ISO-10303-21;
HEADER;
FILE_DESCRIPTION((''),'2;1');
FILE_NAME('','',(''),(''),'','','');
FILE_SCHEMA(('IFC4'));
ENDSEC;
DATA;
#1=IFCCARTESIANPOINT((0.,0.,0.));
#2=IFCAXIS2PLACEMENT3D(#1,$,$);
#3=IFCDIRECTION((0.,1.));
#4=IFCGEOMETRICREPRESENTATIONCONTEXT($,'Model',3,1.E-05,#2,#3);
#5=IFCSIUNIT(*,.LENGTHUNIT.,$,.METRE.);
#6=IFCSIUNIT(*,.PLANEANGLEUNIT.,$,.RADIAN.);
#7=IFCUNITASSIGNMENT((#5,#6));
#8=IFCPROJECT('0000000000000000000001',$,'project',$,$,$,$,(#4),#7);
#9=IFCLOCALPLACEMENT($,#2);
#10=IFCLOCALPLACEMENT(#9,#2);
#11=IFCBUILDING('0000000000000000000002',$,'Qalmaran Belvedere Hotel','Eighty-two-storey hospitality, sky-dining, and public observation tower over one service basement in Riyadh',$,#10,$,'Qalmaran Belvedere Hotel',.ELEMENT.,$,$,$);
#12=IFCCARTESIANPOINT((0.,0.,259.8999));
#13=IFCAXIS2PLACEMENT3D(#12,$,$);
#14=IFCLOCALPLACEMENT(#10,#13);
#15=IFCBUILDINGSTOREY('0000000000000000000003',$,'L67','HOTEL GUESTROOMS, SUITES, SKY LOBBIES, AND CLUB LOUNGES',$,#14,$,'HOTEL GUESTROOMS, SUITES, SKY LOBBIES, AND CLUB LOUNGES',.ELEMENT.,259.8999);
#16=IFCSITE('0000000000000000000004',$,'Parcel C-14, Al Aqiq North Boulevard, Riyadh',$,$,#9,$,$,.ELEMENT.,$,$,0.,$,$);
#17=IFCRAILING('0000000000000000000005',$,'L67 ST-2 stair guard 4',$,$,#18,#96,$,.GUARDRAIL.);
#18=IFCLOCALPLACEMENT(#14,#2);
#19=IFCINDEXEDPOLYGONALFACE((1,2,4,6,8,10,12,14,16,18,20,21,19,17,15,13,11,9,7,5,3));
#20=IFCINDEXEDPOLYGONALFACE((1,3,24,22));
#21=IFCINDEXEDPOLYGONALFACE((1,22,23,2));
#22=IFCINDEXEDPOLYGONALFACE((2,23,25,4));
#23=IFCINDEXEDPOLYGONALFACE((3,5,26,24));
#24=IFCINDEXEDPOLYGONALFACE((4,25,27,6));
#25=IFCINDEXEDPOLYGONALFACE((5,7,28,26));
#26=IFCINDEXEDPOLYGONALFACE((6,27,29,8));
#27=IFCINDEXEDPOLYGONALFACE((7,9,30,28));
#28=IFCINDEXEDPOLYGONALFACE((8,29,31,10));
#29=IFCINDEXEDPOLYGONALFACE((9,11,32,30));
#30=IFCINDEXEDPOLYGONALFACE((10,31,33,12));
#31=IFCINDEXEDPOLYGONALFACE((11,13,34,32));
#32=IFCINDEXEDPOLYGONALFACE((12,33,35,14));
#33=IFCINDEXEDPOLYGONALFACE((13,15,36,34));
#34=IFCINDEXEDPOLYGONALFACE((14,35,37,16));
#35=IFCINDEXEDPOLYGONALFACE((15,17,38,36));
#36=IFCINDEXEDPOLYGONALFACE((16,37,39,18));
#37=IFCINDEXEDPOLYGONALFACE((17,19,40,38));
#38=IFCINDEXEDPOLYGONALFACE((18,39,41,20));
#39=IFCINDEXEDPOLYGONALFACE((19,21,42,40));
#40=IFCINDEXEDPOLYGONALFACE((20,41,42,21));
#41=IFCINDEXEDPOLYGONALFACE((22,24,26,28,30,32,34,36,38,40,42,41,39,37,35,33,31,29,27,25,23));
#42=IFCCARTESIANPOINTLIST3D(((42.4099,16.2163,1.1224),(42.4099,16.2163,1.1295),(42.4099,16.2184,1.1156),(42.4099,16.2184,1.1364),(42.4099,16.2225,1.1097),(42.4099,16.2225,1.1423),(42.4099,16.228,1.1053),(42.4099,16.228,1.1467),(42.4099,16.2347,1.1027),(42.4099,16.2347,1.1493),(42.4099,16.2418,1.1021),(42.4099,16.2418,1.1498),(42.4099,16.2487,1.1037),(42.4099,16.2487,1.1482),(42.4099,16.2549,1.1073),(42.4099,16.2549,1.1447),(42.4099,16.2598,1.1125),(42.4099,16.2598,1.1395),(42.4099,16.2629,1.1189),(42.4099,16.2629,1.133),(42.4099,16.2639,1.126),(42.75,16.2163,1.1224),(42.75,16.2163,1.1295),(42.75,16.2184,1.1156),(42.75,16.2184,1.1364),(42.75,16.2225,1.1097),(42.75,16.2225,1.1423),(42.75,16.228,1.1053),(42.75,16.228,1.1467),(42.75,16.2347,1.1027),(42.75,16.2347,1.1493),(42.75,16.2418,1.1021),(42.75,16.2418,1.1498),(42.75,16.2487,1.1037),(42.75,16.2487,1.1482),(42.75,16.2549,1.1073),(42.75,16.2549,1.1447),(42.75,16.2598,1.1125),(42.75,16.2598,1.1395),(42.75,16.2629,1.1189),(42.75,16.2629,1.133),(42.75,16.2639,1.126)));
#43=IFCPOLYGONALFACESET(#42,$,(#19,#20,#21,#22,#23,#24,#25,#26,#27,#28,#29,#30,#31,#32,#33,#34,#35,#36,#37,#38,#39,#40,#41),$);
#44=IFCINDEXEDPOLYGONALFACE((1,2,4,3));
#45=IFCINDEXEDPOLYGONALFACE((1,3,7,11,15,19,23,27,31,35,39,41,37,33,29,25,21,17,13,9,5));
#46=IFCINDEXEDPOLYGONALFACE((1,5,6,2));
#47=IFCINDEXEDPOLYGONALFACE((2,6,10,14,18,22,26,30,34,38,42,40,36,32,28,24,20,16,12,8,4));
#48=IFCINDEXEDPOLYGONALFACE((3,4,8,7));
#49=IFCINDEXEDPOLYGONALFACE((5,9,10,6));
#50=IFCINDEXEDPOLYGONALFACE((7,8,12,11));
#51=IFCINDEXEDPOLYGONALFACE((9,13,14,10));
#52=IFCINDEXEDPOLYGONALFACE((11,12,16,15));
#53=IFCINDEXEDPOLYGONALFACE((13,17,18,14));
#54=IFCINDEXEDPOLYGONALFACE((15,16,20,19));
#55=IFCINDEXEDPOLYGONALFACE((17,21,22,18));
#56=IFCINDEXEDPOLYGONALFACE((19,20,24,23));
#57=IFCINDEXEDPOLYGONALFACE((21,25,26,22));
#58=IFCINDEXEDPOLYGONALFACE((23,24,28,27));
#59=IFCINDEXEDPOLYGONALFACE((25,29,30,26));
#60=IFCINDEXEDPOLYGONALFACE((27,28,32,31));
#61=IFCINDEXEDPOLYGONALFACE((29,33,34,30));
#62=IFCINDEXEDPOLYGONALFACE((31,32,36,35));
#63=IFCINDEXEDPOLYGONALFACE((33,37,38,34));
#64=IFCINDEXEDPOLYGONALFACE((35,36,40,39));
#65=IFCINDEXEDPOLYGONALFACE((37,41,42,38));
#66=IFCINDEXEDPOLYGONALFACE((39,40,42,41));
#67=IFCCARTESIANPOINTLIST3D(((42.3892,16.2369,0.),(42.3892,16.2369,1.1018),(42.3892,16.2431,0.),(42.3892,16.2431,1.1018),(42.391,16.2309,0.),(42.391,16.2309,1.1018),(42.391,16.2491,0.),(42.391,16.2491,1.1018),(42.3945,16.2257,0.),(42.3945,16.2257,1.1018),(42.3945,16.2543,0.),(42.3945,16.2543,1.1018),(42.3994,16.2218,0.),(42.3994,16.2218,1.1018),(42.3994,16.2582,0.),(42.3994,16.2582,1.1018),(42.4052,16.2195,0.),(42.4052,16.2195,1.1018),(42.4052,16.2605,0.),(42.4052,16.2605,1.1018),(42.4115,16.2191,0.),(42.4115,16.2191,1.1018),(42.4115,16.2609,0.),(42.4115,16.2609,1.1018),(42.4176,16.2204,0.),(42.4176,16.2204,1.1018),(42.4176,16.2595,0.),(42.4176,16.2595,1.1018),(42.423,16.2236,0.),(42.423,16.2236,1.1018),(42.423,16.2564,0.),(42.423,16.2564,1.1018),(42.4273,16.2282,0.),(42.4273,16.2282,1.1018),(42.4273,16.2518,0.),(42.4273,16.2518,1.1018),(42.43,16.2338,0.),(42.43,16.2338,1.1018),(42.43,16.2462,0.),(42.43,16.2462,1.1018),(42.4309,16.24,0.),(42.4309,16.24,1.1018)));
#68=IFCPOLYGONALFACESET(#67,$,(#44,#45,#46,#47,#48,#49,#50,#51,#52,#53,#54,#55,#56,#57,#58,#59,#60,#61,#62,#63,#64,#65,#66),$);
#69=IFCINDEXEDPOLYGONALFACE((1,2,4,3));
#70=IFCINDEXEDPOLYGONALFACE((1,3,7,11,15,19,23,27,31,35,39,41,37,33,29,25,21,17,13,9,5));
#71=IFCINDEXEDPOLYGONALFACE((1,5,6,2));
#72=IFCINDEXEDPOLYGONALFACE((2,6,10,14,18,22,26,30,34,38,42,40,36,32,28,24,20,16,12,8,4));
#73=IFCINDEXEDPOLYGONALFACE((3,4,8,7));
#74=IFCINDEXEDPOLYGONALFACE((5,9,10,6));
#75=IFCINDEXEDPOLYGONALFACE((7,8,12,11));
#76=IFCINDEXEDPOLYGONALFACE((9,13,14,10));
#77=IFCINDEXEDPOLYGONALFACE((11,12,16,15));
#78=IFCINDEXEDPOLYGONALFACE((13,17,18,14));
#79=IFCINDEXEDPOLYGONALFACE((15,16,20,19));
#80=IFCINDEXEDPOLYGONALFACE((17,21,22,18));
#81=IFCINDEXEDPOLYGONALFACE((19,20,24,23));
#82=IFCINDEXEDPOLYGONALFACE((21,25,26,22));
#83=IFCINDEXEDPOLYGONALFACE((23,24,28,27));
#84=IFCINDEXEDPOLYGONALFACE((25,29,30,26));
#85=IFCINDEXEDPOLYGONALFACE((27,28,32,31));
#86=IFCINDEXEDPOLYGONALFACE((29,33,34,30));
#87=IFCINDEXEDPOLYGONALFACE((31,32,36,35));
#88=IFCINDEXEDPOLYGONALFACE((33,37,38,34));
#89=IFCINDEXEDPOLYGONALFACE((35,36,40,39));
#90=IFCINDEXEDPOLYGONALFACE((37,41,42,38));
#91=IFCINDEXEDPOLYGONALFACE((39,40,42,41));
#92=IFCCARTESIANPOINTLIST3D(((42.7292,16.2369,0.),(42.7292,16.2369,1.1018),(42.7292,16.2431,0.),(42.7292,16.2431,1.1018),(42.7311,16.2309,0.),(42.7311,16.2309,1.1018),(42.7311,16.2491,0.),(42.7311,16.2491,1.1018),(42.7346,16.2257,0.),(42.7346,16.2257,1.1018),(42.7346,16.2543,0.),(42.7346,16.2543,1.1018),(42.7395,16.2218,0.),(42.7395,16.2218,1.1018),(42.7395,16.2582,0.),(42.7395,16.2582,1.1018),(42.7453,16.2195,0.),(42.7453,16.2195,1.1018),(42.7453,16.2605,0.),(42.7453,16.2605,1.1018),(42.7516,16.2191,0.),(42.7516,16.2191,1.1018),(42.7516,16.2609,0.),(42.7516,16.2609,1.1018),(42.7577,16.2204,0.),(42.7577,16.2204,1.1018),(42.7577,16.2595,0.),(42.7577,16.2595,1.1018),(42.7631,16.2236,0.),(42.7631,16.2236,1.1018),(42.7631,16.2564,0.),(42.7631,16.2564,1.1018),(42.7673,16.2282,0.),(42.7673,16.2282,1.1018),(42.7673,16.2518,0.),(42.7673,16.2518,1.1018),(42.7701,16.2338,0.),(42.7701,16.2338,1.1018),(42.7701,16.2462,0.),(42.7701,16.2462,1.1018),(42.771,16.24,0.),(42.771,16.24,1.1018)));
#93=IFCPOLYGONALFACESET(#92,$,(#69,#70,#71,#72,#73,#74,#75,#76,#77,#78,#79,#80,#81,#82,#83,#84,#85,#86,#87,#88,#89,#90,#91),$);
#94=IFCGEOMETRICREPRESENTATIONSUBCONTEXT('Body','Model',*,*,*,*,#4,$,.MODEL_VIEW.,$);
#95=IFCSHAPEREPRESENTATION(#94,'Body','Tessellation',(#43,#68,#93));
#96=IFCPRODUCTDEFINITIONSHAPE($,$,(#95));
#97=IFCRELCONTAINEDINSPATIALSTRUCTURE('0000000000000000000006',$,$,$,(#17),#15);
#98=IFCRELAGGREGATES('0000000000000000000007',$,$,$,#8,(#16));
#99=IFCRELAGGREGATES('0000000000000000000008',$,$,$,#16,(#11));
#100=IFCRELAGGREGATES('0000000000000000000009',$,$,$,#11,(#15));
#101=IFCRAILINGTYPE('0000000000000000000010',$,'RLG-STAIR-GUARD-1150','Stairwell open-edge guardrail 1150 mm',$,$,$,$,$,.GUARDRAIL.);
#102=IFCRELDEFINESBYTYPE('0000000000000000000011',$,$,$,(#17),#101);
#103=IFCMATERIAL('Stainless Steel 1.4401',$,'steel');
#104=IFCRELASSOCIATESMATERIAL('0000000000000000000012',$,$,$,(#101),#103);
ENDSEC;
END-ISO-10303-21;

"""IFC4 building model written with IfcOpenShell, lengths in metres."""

from ifc_helpers import new_model, si_unit, direction, frame, origin, origin_2d, place, context, subcontext, project, spatial, circle, extrude, material, type_object, element, save


model = new_model("IFC4")

# Units and contexts
model_context = context("Model", 3, precision=1e-05, world=origin(), true_north=direction((0.0, 1.0)))
body_context = subcontext(model_context, "Body", "Model", "MODEL_VIEW")
ifc_project = project(units=[si_unit("LENGTHUNIT", "METRE"), si_unit("PLANEANGLEUNIT", "RADIAN")], contexts=[model_context])

# Site, building, storey
site_placement = place(None, origin())
site = spatial("IfcSite", under=ifc_project, at=site_placement, Name="Parcel C-14, Al Aqiq North Boulevard, Riyadh", CompositionType="ELEMENT", RefElevation=0.0)
building_placement = place(site_placement, origin())
building = spatial("IfcBuilding", under=site, at=building_placement, Name="Qalmaran Belvedere Hotel", Description="Eighty-two-storey hospitality, sky-dining, and public observation tower over one service basement in Riyadh", LongName="Qalmaran Belvedere Hotel", CompositionType="ELEMENT")
storey_placement = place(building_placement, frame((0.0, 0.0, 259.8999)))
storey = spatial("IfcBuildingStorey", under=building, at=storey_placement, Name="L67", Description="HOTEL GUESTROOMS, SUITES, SKY LOBBIES, AND CLUB LOUNGES", LongName="HOTEL GUESTROOMS, SUITES, SKY LOBBIES, AND CLUB LOUNGES", CompositionType="ELEMENT", Elevation=259.8999)

# Railing
ifc_material_1 = material(Name="Stainless Steel 1.4401", Category="steel")
railing_type_1 = type_object("IfcRailingType", Name="RLG-STAIR-GUARD-1150", Description="Stairwell open-edge guardrail 1150 mm", PredefinedType="GUARDRAIL", material=ifc_material_1)
railing_1_placement = place(storey_placement, frame((42.4099, 16.24, 0.0)))
element("IfcRailing", 1, at=railing_1_placement, inside=storey, type_object=railing_type_1, Name="L67 ST-2 stair guard 4", PredefinedType="GUARDRAIL", context=body_context, shape_type="SweptSolid", body=[
    extrude(circle(Radius=0.0239, at=origin_2d()), frame((0.0, 0.0, 1.126), z_axis=(1.0, 0.0, 0.0), x_axis=(0.0, 1.0, 0.0)), (0.0, 0.0, 1.0), 0.3401),
    extrude(circle(Radius=0.021, at=origin_2d()), origin(), (0.0, 0.0, 1.0), 1.1018),
    extrude(circle(Radius=0.021, at=origin_2d()), frame((0.3401, 0.0, 0.0)), (0.0, 0.0, 1.0), 1.1018),
])

save(model, "model.ifc")
